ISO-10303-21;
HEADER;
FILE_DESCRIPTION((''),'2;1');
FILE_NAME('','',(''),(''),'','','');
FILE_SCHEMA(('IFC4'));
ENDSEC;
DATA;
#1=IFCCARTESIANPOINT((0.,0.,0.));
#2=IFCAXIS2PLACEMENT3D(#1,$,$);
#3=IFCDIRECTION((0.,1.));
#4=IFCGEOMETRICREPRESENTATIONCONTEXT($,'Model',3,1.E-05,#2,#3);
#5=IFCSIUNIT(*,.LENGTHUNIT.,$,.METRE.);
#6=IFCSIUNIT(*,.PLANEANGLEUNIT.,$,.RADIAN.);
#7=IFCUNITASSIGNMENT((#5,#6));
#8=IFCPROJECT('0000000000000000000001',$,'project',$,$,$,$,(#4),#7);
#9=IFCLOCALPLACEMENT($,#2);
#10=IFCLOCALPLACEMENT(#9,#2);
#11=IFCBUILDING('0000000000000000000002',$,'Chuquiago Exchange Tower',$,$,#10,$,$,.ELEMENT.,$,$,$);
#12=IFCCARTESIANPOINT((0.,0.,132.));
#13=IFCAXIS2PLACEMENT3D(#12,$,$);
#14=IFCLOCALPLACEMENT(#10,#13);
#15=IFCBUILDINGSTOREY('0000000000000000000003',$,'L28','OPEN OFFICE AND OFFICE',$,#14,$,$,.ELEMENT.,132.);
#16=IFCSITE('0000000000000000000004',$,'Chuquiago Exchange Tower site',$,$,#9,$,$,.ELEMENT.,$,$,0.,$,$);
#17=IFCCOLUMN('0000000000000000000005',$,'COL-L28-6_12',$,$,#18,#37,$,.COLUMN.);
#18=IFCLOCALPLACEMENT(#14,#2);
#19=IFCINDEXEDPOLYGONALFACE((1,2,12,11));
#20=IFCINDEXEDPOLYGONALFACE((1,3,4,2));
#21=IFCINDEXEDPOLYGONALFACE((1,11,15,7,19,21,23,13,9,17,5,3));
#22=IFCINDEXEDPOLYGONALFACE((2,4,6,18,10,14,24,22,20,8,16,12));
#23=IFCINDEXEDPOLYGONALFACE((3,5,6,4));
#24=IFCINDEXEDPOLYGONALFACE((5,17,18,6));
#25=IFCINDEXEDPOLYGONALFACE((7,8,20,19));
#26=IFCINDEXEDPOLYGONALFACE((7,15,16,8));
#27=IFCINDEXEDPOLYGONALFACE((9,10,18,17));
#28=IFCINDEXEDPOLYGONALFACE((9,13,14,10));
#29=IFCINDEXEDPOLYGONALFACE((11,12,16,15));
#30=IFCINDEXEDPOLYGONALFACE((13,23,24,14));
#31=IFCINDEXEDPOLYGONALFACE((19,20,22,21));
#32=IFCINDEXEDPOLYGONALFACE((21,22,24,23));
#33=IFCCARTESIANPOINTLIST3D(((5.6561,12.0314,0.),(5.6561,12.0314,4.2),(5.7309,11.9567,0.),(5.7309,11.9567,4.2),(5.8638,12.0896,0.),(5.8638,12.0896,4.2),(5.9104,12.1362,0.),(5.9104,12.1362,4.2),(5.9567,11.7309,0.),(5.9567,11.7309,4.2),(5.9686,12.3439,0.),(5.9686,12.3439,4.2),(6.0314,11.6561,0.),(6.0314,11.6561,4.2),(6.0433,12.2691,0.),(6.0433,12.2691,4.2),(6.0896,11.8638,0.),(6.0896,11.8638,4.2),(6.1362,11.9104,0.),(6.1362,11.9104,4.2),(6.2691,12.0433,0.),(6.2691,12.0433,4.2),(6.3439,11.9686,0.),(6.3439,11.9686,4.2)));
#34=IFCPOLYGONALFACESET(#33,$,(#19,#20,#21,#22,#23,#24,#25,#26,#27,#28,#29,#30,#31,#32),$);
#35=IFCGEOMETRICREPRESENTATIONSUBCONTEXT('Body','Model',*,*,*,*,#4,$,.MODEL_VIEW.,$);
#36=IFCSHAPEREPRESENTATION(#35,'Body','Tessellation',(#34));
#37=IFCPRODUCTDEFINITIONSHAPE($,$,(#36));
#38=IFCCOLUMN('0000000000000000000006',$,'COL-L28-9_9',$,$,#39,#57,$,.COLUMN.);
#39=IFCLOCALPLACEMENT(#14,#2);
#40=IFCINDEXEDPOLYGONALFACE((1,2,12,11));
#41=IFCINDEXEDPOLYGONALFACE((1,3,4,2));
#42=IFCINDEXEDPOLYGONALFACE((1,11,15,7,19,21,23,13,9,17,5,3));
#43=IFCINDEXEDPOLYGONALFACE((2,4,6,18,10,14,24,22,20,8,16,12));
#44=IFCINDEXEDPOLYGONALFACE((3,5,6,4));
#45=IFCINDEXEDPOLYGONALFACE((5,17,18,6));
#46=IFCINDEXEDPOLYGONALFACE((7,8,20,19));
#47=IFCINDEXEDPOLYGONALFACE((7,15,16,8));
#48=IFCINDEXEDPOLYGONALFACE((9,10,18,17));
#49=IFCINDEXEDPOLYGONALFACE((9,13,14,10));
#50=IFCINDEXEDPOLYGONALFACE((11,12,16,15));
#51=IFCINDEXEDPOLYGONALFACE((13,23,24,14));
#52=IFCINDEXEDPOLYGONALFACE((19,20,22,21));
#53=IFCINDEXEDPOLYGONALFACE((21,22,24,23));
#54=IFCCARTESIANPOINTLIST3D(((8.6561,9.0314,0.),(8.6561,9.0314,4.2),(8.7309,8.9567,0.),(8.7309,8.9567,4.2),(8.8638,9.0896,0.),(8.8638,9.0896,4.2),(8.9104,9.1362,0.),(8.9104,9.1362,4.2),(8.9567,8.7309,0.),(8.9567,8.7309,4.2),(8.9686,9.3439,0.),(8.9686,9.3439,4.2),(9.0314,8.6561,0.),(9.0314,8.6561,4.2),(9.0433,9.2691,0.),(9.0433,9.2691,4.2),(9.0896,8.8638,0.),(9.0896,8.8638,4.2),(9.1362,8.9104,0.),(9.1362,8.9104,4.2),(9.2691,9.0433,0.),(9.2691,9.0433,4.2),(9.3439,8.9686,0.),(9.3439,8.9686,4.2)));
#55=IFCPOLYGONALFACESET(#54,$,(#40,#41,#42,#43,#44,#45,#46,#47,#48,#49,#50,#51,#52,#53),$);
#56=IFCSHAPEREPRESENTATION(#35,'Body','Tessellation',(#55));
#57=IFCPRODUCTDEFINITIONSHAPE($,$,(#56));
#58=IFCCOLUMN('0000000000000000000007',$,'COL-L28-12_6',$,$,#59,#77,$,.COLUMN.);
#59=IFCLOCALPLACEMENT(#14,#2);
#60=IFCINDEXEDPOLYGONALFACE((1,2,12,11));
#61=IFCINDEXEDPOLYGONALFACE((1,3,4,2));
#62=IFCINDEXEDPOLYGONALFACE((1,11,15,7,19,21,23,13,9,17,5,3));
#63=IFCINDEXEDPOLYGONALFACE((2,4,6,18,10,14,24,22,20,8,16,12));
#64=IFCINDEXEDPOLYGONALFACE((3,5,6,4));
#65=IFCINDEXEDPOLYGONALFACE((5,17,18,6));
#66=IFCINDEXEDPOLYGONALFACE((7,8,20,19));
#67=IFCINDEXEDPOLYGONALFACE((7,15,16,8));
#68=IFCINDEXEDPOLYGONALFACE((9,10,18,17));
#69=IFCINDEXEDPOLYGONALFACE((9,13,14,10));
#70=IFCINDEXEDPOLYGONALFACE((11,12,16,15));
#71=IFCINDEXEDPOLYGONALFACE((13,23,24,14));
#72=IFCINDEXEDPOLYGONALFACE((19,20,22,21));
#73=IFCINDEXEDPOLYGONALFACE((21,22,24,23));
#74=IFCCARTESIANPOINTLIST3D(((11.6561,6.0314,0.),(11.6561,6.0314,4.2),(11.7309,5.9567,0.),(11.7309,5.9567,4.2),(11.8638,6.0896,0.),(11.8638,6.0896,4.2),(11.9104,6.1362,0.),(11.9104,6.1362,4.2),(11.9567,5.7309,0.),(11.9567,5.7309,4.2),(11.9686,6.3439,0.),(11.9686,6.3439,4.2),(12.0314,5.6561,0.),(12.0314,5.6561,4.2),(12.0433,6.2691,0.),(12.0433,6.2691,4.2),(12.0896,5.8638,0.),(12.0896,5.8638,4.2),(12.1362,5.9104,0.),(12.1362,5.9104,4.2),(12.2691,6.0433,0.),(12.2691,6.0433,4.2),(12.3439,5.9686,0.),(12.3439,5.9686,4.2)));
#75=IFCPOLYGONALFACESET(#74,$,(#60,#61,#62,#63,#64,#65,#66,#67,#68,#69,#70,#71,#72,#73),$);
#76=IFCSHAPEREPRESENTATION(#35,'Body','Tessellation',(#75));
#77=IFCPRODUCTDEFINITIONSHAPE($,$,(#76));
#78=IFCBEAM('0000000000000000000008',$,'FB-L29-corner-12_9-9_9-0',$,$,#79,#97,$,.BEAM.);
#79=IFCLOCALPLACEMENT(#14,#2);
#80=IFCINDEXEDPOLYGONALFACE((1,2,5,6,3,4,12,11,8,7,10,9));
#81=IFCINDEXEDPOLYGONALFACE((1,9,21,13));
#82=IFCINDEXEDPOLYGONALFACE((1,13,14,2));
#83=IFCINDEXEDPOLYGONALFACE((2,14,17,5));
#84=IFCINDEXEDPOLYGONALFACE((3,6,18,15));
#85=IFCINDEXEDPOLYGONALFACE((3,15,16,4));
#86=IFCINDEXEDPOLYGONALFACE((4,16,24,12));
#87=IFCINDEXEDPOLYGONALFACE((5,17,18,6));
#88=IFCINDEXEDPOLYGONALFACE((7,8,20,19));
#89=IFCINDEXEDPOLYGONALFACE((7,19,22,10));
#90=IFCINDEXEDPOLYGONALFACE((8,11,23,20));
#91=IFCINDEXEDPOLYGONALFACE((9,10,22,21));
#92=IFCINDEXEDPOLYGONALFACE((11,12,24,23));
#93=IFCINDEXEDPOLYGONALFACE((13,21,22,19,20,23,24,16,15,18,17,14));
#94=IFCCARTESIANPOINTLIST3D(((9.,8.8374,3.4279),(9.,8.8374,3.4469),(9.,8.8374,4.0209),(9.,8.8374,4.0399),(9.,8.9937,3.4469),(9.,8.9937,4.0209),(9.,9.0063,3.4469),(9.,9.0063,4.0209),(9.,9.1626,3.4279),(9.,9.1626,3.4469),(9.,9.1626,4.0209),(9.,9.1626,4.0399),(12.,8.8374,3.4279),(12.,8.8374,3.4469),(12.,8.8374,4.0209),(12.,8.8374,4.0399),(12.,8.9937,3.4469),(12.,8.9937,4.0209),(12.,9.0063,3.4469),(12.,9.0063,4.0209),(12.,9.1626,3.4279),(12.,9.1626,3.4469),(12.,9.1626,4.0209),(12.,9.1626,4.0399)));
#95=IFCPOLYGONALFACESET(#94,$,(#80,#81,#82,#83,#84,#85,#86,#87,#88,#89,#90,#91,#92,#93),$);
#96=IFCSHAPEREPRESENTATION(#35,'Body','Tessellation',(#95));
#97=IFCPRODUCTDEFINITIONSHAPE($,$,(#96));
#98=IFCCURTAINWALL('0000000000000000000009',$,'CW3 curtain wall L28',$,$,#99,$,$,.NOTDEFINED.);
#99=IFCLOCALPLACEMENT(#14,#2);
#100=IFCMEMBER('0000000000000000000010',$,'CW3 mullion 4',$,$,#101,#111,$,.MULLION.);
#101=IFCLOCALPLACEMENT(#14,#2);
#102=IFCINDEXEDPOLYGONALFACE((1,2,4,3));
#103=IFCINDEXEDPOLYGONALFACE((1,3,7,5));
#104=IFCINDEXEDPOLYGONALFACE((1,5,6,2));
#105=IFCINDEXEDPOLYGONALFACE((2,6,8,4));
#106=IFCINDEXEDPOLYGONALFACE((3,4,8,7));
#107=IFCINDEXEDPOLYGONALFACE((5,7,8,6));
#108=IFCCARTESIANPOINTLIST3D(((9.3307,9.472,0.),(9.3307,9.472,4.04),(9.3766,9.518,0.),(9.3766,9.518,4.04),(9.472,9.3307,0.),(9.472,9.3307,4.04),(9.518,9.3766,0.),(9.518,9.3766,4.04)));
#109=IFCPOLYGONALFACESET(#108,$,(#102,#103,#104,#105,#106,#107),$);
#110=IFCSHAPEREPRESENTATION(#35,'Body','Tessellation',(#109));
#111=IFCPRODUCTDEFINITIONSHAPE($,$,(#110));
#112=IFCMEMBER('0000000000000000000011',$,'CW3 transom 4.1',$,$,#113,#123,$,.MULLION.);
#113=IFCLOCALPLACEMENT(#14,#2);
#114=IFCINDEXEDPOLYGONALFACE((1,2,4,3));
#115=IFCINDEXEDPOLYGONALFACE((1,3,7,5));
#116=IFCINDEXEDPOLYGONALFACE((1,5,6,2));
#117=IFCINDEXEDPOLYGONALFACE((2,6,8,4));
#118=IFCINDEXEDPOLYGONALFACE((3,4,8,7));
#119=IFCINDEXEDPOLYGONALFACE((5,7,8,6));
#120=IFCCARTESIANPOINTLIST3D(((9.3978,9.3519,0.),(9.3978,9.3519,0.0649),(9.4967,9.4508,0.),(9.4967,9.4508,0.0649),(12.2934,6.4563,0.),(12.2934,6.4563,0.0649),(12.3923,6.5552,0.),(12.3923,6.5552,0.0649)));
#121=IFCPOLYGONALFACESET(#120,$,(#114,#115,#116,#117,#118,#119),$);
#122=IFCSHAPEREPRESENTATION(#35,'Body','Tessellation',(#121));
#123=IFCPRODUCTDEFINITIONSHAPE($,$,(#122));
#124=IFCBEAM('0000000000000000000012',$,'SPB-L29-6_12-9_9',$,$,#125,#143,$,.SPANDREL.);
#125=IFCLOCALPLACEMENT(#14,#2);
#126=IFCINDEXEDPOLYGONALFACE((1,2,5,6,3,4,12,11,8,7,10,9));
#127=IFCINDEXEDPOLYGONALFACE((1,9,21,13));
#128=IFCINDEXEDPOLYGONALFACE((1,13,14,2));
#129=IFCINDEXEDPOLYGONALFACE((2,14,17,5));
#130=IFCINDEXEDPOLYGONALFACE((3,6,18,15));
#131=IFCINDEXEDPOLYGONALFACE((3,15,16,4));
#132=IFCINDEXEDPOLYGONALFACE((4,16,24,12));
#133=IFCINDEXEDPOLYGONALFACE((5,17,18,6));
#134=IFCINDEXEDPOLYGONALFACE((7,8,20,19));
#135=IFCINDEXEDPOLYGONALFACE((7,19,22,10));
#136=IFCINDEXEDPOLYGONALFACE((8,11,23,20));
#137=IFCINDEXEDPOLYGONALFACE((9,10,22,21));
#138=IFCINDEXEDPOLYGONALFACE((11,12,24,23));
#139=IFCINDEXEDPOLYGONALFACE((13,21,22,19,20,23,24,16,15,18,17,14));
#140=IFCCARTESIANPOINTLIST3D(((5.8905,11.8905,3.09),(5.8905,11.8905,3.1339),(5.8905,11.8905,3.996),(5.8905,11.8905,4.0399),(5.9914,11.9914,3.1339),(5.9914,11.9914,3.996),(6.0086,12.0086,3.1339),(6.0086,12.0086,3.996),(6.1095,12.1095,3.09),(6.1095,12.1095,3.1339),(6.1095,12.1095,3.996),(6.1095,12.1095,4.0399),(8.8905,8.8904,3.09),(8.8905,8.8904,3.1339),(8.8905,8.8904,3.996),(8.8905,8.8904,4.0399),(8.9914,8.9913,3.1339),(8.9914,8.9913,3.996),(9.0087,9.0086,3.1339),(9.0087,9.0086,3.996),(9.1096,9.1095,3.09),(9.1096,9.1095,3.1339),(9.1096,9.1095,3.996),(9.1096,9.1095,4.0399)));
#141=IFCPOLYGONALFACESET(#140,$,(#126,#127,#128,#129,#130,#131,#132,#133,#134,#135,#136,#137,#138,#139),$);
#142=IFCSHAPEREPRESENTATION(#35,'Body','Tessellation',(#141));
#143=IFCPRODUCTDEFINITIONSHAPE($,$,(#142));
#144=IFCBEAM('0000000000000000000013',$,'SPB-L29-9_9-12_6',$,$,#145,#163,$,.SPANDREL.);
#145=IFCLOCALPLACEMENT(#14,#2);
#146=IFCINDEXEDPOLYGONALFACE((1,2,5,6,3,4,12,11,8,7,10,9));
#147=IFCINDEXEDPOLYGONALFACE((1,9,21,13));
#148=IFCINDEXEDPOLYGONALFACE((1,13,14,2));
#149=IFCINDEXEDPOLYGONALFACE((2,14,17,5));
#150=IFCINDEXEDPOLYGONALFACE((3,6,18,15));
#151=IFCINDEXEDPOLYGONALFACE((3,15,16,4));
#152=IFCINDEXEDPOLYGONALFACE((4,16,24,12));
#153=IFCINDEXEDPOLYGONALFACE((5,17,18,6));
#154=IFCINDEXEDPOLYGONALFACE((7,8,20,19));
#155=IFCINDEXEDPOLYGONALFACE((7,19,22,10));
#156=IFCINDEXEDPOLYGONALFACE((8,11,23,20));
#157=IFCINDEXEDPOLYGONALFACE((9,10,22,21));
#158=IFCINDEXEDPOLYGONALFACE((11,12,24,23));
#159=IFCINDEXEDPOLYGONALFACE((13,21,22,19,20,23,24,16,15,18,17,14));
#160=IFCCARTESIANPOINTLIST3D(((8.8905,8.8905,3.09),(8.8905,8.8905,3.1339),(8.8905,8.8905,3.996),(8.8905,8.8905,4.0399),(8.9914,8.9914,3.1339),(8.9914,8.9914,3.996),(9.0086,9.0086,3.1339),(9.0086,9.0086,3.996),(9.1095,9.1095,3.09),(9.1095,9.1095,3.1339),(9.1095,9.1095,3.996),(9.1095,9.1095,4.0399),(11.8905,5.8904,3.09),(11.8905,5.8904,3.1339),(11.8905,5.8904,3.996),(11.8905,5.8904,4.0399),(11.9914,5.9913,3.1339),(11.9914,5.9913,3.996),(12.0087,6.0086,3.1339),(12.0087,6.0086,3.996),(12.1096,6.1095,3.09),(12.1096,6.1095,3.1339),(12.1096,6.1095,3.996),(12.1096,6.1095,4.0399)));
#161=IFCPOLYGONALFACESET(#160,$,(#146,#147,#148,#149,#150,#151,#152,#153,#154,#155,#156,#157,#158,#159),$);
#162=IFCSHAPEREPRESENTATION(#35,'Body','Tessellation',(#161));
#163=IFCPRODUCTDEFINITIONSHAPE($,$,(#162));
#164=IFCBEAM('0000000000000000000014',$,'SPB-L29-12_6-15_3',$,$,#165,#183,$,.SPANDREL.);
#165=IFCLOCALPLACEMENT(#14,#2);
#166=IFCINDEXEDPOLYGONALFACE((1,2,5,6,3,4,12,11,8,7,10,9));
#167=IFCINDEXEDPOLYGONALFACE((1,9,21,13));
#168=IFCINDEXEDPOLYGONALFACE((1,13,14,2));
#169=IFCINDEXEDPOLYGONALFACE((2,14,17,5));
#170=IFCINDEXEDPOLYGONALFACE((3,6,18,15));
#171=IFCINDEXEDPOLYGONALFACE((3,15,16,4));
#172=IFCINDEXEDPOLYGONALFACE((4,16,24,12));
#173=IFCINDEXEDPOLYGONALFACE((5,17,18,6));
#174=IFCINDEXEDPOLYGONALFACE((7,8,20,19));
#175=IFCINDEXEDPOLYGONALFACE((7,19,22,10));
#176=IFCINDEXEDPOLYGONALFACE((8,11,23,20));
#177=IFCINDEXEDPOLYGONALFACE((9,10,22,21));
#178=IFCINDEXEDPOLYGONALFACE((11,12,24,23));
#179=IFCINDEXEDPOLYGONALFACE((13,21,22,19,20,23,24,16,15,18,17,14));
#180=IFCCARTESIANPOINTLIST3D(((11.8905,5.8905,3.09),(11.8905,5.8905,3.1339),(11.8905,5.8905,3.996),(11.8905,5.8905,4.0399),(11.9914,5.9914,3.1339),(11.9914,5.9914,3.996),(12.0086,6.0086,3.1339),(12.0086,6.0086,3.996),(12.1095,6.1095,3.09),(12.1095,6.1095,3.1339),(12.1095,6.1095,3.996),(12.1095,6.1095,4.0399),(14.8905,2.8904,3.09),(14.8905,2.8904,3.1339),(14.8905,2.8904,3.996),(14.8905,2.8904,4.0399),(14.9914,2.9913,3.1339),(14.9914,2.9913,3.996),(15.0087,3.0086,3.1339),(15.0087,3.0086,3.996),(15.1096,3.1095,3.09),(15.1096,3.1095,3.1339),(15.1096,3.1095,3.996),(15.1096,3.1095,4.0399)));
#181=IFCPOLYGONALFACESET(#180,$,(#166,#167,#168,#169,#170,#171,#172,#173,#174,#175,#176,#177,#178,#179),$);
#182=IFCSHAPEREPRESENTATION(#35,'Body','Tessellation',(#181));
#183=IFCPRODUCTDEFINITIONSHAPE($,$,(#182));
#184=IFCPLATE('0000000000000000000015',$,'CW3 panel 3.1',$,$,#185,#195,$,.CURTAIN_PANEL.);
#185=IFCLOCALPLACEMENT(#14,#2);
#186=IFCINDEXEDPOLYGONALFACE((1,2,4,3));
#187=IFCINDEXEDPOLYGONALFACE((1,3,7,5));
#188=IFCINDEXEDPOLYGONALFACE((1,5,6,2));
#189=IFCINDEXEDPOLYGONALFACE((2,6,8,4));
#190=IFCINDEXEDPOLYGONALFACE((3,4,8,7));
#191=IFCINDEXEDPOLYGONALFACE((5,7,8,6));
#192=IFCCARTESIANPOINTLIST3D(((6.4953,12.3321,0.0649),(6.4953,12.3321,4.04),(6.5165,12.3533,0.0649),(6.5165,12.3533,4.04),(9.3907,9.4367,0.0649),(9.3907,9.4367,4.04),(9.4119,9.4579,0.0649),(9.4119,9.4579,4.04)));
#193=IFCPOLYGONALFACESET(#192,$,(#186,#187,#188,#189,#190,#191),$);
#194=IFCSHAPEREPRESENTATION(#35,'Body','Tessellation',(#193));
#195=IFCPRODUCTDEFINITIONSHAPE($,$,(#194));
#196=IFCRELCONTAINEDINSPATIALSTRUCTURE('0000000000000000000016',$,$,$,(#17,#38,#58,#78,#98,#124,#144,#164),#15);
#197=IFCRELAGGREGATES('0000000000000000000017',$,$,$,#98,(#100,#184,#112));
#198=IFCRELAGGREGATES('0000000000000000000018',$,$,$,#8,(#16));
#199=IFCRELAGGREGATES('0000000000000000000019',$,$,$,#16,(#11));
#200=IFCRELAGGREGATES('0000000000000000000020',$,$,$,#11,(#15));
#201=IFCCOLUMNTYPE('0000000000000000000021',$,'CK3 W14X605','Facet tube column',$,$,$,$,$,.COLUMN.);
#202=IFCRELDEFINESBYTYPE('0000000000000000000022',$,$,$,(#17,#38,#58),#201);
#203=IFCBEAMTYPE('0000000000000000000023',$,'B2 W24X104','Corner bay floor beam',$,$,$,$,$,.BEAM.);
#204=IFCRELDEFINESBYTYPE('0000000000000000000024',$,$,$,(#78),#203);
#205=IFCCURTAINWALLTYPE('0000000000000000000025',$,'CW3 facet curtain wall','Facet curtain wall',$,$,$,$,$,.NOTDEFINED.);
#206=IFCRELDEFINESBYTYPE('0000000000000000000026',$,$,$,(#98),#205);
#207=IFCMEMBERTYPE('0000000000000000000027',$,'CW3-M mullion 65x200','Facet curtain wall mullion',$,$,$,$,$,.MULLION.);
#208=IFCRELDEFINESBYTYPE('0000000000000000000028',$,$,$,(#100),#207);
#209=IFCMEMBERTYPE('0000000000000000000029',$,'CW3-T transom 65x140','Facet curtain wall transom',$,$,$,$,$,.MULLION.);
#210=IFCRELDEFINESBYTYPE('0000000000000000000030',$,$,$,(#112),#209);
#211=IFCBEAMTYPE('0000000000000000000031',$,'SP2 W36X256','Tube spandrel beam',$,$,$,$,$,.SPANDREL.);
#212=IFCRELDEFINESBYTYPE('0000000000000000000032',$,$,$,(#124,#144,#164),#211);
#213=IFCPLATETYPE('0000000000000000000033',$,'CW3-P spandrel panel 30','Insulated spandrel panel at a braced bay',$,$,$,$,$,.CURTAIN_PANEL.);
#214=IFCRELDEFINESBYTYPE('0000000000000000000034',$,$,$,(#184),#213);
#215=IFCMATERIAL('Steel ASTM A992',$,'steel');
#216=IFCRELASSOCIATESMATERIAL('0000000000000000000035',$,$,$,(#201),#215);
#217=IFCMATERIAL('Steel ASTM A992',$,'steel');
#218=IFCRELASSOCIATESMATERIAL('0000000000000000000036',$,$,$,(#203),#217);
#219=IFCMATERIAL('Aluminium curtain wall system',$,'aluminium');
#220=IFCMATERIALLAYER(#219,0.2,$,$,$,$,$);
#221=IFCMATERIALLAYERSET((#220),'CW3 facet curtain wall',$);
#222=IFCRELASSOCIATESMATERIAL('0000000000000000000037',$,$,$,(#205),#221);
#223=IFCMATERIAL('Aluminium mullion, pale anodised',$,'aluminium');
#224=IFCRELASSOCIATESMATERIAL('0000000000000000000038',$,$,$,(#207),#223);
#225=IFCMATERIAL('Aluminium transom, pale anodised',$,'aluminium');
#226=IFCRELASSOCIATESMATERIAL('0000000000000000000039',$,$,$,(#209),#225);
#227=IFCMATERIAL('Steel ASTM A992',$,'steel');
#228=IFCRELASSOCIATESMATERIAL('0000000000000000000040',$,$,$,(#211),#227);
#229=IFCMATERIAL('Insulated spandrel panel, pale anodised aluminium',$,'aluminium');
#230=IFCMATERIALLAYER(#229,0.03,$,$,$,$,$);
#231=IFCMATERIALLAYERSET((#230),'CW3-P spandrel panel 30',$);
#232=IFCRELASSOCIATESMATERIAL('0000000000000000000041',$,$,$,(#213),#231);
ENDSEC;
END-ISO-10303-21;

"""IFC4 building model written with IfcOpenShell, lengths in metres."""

from ifc_helpers import new_model, si_unit, direction, frame, origin, origin_2d, place, context, subcontext, project, spatial, rectangle, i_section, extrude, material, layer, layer_set, material_profile, profile_set, type_object, element, aggregate, save


model = new_model("IFC4")

# Units and contexts
model_context = context("Model", 3, precision=1e-05, world=origin(), true_north=direction((0.0, 1.0)))
body_context = subcontext(model_context, "Body", "Model", "MODEL_VIEW")
ifc_project = project(units=[si_unit("LENGTHUNIT", "METRE"), si_unit("PLANEANGLEUNIT", "RADIAN")], contexts=[model_context])

# Site, building, storey
site_placement = place(None, origin())
site = spatial("IfcSite", under=ifc_project, at=site_placement, Name="Chuquiago Exchange Tower site", CompositionType="ELEMENT", RefElevation=0.0)
building_placement = place(site_placement, origin())
building = spatial("IfcBuilding", under=site, at=building_placement, Name="Chuquiago Exchange Tower", CompositionType="ELEMENT")
storey_placement = place(building_placement, frame((0.0, 0.0, 132.0)))
storey = spatial("IfcBuildingStorey", under=building, at=storey_placement, Name="L28", Description="OPEN OFFICE AND OFFICE", CompositionType="ELEMENT", Elevation=132.0)

# Columns
ifc_material_1 = material(Name="Steel ASTM A992", Category="steel")
ifc_material_profile_1 = material_profile(ifc_material_1, i_section(OverallWidth=0.4419, OverallDepth=0.5308, WebThickness=0.0659, FlangeThickness=0.1057, at=origin_2d()), Name="W14X605")
ifc_profile_set_1 = profile_set([ifc_material_profile_1], Name="Steel ASTM A992")
column_type = type_object("IfcColumnType", Name="CK3 W14X605", Description="Facet tube column", PredefinedType="COLUMN", material=ifc_profile_set_1)
for number, where, z_axis, x_axis, name in (
    (1, (6.0, 12.0, 0.0), (0.0, 0.0, 1.0), (-0.707107, -0.707107, 0.0), "COL-L28-6_12"),
    (2, (9.0, 9.0, 0.0), (0.0, 0.0, 1.0), (-0.707107, -0.707107, 0.0), "COL-L28-9_9"),
    (3, (12.0, 6.0, 0.0), (0.0, 0.0, 1.0), (-0.707107, -0.707107, 0.0), "COL-L28-12_6"),
):
    element("IfcColumn", number, at=place(storey_placement, frame(where, z_axis=z_axis, x_axis=x_axis)), inside=storey, type_object=column_type, Name=name, PredefinedType="COLUMN", context=body_context, shape_type="SweptSolid", body=[
        extrude(i_section(OverallWidth=0.4419, OverallDepth=0.5308, WebThickness=0.0659, FlangeThickness=0.1057, at=origin_2d()), origin(), (0.0, 0.0, 1.0), 4.2),
    ])

# Beam
ifc_material_2 = material(Name="Steel ASTM A992", Category="steel")
ifc_material_profile_2 = material_profile(ifc_material_2, i_section(OverallWidth=0.3252, OverallDepth=0.6121, WebThickness=0.0127, FlangeThickness=0.019, at=origin_2d()), Name="W24X104")
ifc_profile_set_2 = profile_set([ifc_material_profile_2], Name="Steel ASTM A992")
beam_type_1 = type_object("IfcBeamType", Name="B2 W24X104", Description="Corner bay floor beam", PredefinedType="BEAM", material=ifc_profile_set_2)
beam_placement = place(storey_placement, frame((12.0, 9.0, 3.7339), z_axis=(-1.0, 0.0, 0.0), x_axis=(0.0, -1.0, 0.0)))
element("IfcBeam", 4, at=beam_placement, inside=storey, type_object=beam_type_1, Name="FB-L29-corner-12_9-9_9-0", PredefinedType="BEAM", context=body_context, shape_type="SweptSolid", body=[
    extrude(i_section(OverallWidth=0.3252, OverallDepth=0.6121, WebThickness=0.0127, FlangeThickness=0.019, at=origin_2d()), origin(), (0.0, 0.0, 1.0), 3.0),
])

# Curtain wall, members
ifc_material_3 = material(Name="Aluminium curtain wall system", Category="aluminium")
ifc_layer_1 = layer(ifc_material_3, 0.2)
ifc_layer_set_1 = layer_set([ifc_layer_1], Name="CW3 facet curtain wall")
curtain_wall_type = type_object("IfcCurtainWallType", Name="CW3 facet curtain wall", Description="Facet curtain wall", PredefinedType="NOTDEFINED", material=ifc_layer_set_1)
curtain_wall_placement = place(storey_placement, origin())
curtain_wall = element("IfcCurtainWall", 5, at=curtain_wall_placement, inside=storey, type_object=curtain_wall_type, Name="CW3 curtain wall L28", PredefinedType="NOTDEFINED")
ifc_material_4 = material(Name="Aluminium mullion, pale anodised", Category="aluminium")
ifc_material_profile_3 = material_profile(ifc_material_4, rectangle(XDim=0.0649, YDim=0.2, at=origin_2d()), Name="AL 65x200")
ifc_profile_set_3 = profile_set([ifc_material_profile_3], Name="Aluminium mullion, pale anodised")
member_type_1 = type_object("IfcMemberType", Name="CW3-M mullion 65x200", Description="Facet curtain wall mullion", PredefinedType="MULLION", material=ifc_profile_set_3)
member_1_placement = place(storey_placement, frame((9.4243, 9.4243, 0.0), z_axis=(0.0, 0.0, 1.0), x_axis=(0.707107, 0.707107, 0.0)))
member_1 = element("IfcMember", 6, at=member_1_placement, type_object=member_type_1, Name="CW3 mullion 4", PredefinedType="MULLION", context=body_context, shape_type="SweptSolid", body=[
    extrude(rectangle(XDim=0.0649, YDim=0.2, at=origin_2d()), origin(), (0.0, 0.0, 1.0), 4.04),
])
ifc_material_5 = material(Name="Aluminium transom, pale anodised", Category="aluminium")
ifc_material_profile_4 = material_profile(ifc_material_5, rectangle(XDim=0.1399, YDim=0.0649, at=origin_2d()), Name="AL 140x65")
ifc_profile_set_4 = profile_set([ifc_material_profile_4], Name="Aluminium transom, pale anodised")
member_type_2 = type_object("IfcMemberType", Name="CW3-T transom 65x140", Description="Facet curtain wall transom", PredefinedType="MULLION", material=ifc_profile_set_4)
member_2_placement = place(storey_placement, frame((9.4473, 9.4014, 0.0325), z_axis=(0.707107, -0.707107, 0.0), x_axis=(0.707107, 0.707107, 0.0)))
member_2 = element("IfcMember", 7, at=member_2_placement, type_object=member_type_2, Name="CW3 transom 4.1", PredefinedType="MULLION", context=body_context, shape_type="SweptSolid", body=[
    extrude(rectangle(XDim=0.1399, YDim=0.0649, at=origin_2d()), origin(), (0.0, 0.0, 1.0), 4.095),
])

# Beams
ifc_material_6 = material(Name="Steel ASTM A992", Category="steel")
ifc_material_profile_5 = material_profile(ifc_material_6, i_section(OverallWidth=0.3098, OverallDepth=0.95, WebThickness=0.0244, FlangeThickness=0.0439, at=origin_2d()), Name="W36X256")
ifc_profile_set_5 = profile_set([ifc_material_profile_5], Name="Steel ASTM A992")
beam_type_2 = type_object("IfcBeamType", Name="SP2 W36X256", Description="Tube spandrel beam", PredefinedType="SPANDREL", material=ifc_profile_set_5)
for number, where, z_axis, x_axis, name in (
    (8, (6.0, 12.0, 3.5649), (0.707107, -0.707107, 0.0), (0.707107, 0.707107, 0.0), "SPB-L29-6_12-9_9"),
    (9, (9.0, 9.0, 3.5649), (0.707107, -0.707107, 0.0), (0.707107, 0.707107, 0.0), "SPB-L29-9_9-12_6"),
    (10, (12.0, 6.0, 3.5649), (0.707107, -0.707107, 0.0), (0.707107, 0.707107, 0.0), "SPB-L29-12_6-15_3"),
):
    element("IfcBeam", number, at=place(storey_placement, frame(where, z_axis=z_axis, x_axis=x_axis)), inside=storey, type_object=beam_type_2, Name=name, PredefinedType="SPANDREL", context=body_context, shape_type="SweptSolid", body=[
        extrude(i_section(OverallWidth=0.3098, OverallDepth=0.95, WebThickness=0.0244, FlangeThickness=0.0439, at=origin_2d()), origin(), (0.0, 0.0, 1.0), 4.2427),
    ])

# Plate
ifc_material_7 = material(Name="Insulated spandrel panel, pale anodised aluminium", Category="aluminium")
ifc_layer_2 = layer(ifc_material_7, 0.03)
ifc_layer_set_2 = layer_set([ifc_layer_2], Name="CW3-P spandrel panel 30")
plate_type = type_object("IfcPlateType", Name="CW3-P spandrel panel 30", Description="Insulated spandrel panel at a braced bay", PredefinedType="CURTAIN_PANEL", material=ifc_layer_set_2)
plate_1_placement = place(storey_placement, frame((7.9536, 10.895, 0.0649), z_axis=(0.0, 0.0, 1.0), x_axis=(0.707107, -0.707107, 0.0)))
plate_1 = element("IfcPlate", 11, at=plate_1_placement, type_object=plate_type, Name="CW3 panel 3.1", PredefinedType="CURTAIN_PANEL", context=body_context, shape_type="SweptSolid", body=[
    extrude(rectangle(XDim=4.0947, YDim=0.03, at=origin_2d()), origin(), (0.0, 0.0, 1.0), 3.9751),
])
aggregate(curtain_wall, [member_1, plate_1, member_2])

save(model, "model.ifc")
